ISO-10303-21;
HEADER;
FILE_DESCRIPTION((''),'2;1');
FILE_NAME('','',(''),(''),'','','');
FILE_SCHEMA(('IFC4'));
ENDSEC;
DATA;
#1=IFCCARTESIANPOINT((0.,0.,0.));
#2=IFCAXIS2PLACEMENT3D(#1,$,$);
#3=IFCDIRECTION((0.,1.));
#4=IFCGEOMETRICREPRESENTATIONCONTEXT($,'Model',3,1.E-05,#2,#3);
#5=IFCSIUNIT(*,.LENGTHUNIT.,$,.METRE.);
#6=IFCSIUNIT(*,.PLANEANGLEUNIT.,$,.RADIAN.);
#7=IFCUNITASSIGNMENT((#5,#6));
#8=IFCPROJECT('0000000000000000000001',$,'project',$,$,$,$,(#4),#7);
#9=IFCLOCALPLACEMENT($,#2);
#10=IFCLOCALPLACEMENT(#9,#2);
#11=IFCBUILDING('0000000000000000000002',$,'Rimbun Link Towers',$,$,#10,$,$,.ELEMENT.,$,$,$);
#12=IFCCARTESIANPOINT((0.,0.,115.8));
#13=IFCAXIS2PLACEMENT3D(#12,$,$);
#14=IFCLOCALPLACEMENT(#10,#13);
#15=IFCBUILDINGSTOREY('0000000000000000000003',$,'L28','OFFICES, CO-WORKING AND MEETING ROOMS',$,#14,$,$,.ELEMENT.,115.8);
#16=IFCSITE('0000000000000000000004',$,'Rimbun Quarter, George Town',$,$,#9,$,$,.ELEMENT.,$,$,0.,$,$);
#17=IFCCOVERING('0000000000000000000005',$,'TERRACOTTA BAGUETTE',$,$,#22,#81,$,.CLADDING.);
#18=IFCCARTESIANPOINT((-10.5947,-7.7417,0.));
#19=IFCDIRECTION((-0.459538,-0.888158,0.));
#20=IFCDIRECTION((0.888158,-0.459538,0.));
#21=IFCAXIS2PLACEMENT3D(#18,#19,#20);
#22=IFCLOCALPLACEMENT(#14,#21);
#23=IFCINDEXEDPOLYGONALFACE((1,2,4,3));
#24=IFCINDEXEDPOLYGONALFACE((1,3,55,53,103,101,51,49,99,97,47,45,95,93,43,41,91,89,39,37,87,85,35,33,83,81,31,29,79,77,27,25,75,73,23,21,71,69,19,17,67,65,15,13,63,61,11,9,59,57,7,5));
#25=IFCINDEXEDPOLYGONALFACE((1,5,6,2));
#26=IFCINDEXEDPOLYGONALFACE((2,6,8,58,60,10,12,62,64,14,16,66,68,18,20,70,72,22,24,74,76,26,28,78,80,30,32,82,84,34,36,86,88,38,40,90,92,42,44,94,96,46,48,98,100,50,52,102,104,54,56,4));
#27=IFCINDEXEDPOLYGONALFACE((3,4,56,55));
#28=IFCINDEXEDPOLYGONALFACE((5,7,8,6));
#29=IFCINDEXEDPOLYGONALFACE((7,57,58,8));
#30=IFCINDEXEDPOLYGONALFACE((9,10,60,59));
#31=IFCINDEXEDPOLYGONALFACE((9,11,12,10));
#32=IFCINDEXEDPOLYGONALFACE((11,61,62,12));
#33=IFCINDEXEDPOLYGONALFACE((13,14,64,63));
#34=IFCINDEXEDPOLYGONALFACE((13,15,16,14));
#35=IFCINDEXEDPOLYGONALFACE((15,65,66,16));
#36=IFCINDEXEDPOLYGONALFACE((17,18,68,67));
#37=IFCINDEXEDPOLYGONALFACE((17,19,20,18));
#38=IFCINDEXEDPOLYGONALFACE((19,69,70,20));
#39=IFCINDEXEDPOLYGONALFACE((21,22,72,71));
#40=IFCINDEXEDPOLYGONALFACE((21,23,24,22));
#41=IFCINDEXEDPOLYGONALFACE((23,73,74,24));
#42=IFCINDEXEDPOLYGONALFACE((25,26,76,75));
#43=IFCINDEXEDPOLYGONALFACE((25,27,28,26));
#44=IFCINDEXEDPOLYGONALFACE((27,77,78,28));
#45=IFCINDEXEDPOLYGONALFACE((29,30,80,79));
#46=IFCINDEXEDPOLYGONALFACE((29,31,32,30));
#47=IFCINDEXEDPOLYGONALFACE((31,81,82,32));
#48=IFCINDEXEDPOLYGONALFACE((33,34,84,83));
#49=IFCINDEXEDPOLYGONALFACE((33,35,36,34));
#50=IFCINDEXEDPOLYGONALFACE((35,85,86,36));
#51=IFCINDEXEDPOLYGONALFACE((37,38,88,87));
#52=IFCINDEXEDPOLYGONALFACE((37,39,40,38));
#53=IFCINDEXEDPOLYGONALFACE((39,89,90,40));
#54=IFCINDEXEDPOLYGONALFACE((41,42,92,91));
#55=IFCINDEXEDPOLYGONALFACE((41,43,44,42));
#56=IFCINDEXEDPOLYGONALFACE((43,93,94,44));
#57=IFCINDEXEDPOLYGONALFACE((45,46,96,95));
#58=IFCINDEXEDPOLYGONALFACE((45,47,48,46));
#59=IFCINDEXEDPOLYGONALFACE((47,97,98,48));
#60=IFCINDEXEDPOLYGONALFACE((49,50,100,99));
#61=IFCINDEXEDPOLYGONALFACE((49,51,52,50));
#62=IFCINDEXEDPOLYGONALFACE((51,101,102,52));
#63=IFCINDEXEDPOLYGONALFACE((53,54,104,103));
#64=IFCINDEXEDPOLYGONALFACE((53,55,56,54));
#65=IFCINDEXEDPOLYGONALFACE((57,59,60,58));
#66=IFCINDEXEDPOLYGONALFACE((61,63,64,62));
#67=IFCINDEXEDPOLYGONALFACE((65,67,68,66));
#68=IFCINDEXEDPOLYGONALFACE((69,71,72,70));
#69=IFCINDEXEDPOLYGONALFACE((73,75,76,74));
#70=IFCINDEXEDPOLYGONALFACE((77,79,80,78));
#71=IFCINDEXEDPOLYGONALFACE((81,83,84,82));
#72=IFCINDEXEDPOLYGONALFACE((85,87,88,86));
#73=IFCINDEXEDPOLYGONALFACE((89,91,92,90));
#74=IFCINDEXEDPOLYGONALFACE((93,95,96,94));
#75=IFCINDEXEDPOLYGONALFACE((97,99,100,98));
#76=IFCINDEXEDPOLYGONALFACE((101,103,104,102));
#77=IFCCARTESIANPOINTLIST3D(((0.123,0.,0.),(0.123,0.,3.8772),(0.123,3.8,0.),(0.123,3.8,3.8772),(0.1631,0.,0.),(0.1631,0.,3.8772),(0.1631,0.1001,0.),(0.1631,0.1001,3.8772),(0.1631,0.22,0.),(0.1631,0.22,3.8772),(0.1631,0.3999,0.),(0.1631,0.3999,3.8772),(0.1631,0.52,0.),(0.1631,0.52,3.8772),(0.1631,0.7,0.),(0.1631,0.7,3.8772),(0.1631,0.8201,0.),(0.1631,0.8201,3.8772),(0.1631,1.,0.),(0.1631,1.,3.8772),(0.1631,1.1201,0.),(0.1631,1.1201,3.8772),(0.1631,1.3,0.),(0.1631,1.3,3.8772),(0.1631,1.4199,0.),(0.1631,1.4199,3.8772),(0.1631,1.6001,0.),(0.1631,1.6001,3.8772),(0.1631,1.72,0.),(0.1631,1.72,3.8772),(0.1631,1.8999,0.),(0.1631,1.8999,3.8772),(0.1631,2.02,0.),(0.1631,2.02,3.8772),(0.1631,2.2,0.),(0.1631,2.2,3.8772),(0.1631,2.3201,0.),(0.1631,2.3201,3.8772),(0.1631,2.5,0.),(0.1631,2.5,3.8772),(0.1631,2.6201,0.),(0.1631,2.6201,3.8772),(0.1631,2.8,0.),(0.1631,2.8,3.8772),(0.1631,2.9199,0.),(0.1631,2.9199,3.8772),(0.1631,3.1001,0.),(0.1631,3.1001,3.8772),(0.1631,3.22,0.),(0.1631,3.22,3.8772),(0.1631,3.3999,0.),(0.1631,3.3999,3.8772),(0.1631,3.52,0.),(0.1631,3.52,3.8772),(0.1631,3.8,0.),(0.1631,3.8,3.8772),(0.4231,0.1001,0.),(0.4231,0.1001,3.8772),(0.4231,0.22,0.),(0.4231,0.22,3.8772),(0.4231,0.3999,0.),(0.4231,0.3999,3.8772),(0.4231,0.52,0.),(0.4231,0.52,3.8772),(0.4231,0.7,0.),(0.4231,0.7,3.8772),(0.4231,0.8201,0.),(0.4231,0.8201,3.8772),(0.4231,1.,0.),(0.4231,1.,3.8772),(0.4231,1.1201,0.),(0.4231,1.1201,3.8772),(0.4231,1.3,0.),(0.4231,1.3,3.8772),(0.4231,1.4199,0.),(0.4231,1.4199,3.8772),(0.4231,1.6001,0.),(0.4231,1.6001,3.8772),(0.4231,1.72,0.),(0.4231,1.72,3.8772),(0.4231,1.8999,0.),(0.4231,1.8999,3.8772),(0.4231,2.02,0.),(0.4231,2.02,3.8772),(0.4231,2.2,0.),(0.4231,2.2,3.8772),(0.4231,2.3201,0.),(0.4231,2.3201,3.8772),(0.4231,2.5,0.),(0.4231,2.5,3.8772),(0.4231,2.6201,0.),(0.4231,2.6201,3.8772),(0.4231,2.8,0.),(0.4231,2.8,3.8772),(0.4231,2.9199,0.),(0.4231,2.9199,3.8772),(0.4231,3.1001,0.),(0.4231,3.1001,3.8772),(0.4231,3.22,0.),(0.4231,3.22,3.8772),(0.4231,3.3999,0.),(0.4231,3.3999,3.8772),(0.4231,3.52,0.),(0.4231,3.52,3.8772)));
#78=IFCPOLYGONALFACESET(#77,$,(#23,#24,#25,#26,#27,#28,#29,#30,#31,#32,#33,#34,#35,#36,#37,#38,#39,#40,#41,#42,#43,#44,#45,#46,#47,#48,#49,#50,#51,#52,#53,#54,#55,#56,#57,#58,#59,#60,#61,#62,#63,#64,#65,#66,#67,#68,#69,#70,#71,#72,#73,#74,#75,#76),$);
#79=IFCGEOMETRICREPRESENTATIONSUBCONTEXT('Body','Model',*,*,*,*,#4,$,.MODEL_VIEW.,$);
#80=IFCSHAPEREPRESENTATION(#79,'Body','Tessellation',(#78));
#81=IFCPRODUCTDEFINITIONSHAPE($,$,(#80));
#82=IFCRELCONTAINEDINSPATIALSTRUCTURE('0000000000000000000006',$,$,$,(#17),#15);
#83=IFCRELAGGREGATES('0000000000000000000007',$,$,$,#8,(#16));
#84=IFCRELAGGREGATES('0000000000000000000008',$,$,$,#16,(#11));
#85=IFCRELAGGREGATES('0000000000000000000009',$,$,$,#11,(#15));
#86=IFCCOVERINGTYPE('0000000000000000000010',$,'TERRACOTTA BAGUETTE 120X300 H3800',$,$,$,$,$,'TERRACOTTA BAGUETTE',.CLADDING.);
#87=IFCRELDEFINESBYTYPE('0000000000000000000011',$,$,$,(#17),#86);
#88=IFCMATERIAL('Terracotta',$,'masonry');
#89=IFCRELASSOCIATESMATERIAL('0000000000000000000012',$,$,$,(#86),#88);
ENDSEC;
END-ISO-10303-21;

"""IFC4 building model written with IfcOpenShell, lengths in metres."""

from ifc_helpers import new_model, si_unit, direction, frame, origin, place, context, subcontext, project, spatial, polyline, outline, extrude, material, material_profile, profile_set, type_object, element, save


model = new_model("IFC4")

# Units and contexts
model_context = context("Model", 3, precision=1e-05, world=origin(), true_north=direction((0.0, 1.0)))
body_context = subcontext(model_context, "Body", "Model", "MODEL_VIEW")
ifc_project = project(units=[si_unit("LENGTHUNIT", "METRE"), si_unit("PLANEANGLEUNIT", "RADIAN")], contexts=[model_context])

# Site, building, storey
site_placement = place(None, origin())
site = spatial("IfcSite", under=ifc_project, at=site_placement, Name="Rimbun Quarter, George Town", CompositionType="ELEMENT", RefElevation=0.0)
building_placement = place(site_placement, origin())
building = spatial("IfcBuilding", under=site, at=building_placement, Name="Rimbun Link Towers", CompositionType="ELEMENT")
storey_placement = place(building_placement, frame((0.0, 0.0, 115.8)))
storey = spatial("IfcBuildingStorey", under=building, at=storey_placement, Name="L28", Description="OFFICES, CO-WORKING AND MEETING ROOMS", CompositionType="ELEMENT", Elevation=115.8)

# Covering
ifc_material_1 = material(Name="Terracotta", Category="masonry")
ifc_material_profile_1 = material_profile(ifc_material_1, outline(polyline([(0.123, 0.0), (0.1631, 0.0), (0.1631, 0.1001), (0.4231, 0.1001), (0.4231, 0.22), (0.1631, 0.22), (0.1631, 0.3999), (0.4231, 0.3999), (0.4231, 0.52), (0.1631, 0.52), (0.1631, 0.7), (0.4231, 0.7), (0.4231, 0.8201), (0.1631, 0.8201), (0.1631, 1.0), (0.4231, 1.0), (0.4231, 1.1201), (0.1631, 1.1201), (0.1631, 1.3), (0.4231, 1.3), (0.4231, 1.4199), (0.1631, 1.4199), (0.1631, 1.6001), (0.4231, 1.6001), (0.4231, 1.72), (0.1631, 1.72), (0.1631, 1.8999), (0.4231, 1.8999), (0.4231, 2.02), (0.1631, 2.02), (0.1631, 2.2), (0.4231, 2.2), (0.4231, 2.3201), (0.1631, 2.3201), (0.1631, 2.5), (0.4231, 2.5), (0.4231, 2.6201), (0.1631, 2.6201), (0.1631, 2.8), (0.4231, 2.8), (0.4231, 2.9199), (0.1631, 2.9199), (0.1631, 3.1001), (0.4231, 3.1001), (0.4231, 3.22), (0.1631, 3.22), (0.1631, 3.3999), (0.4231, 3.3999), (0.4231, 3.52), (0.1631, 3.52), (0.1631, 3.8), (0.123, 3.8), (0.123, 0.0)])), Name="BAGUETTE 120X300")
ifc_profile_set_1 = profile_set([ifc_material_profile_1], Name="Terracotta")
covering_type = type_object("IfcCoveringType", Name="TERRACOTTA BAGUETTE 120X300 H3800", ElementType="TERRACOTTA BAGUETTE", PredefinedType="CLADDING", material=ifc_profile_set_1)
covering_placement = place(storey_placement, frame((-10.5947, -7.7417, 0.0), z_axis=(-0.459538, -0.888158, 0.0), x_axis=(0.888158, -0.459538, 0.0)))
element("IfcCovering", 1, at=covering_placement, inside=storey, type_object=covering_type, Name="TERRACOTTA BAGUETTE", PredefinedType="CLADDING", context=body_context, shape_type="SweptSolid", body=[
    extrude(outline(polyline([(0.123, 0.0), (0.1631, 0.0), (0.1631, 0.1001), (0.4231, 0.1001), (0.4231, 0.22), (0.1631, 0.22), (0.1631, 0.3999), (0.4231, 0.3999), (0.4231, 0.52), (0.1631, 0.52), (0.1631, 0.7), (0.4231, 0.7), (0.4231, 0.8201), (0.1631, 0.8201), (0.1631, 1.0), (0.4231, 1.0), (0.4231, 1.1201), (0.1631, 1.1201), (0.1631, 1.3), (0.4231, 1.3), (0.4231, 1.4199), (0.1631, 1.4199), (0.1631, 1.6001), (0.4231, 1.6001), (0.4231, 1.72), (0.1631, 1.72), (0.1631, 1.8999), (0.4231, 1.8999), (0.4231, 2.02), (0.1631, 2.02), (0.1631, 2.2), (0.4231, 2.2), (0.4231, 2.3201), (0.1631, 2.3201), (0.1631, 2.5), (0.4231, 2.5), (0.4231, 2.6201), (0.1631, 2.6201), (0.1631, 2.8), (0.4231, 2.8), (0.4231, 2.9199), (0.1631, 2.9199), (0.1631, 3.1001), (0.4231, 3.1001), (0.4231, 3.22), (0.1631, 3.22), (0.1631, 3.3999), (0.4231, 3.3999), (0.4231, 3.52), (0.1631, 3.52), (0.1631, 3.8), (0.123, 3.8), (0.123, 0.0)])), origin(), (0.0, 0.0, 1.0), 3.8772),
])

save(model, "model.ifc")
